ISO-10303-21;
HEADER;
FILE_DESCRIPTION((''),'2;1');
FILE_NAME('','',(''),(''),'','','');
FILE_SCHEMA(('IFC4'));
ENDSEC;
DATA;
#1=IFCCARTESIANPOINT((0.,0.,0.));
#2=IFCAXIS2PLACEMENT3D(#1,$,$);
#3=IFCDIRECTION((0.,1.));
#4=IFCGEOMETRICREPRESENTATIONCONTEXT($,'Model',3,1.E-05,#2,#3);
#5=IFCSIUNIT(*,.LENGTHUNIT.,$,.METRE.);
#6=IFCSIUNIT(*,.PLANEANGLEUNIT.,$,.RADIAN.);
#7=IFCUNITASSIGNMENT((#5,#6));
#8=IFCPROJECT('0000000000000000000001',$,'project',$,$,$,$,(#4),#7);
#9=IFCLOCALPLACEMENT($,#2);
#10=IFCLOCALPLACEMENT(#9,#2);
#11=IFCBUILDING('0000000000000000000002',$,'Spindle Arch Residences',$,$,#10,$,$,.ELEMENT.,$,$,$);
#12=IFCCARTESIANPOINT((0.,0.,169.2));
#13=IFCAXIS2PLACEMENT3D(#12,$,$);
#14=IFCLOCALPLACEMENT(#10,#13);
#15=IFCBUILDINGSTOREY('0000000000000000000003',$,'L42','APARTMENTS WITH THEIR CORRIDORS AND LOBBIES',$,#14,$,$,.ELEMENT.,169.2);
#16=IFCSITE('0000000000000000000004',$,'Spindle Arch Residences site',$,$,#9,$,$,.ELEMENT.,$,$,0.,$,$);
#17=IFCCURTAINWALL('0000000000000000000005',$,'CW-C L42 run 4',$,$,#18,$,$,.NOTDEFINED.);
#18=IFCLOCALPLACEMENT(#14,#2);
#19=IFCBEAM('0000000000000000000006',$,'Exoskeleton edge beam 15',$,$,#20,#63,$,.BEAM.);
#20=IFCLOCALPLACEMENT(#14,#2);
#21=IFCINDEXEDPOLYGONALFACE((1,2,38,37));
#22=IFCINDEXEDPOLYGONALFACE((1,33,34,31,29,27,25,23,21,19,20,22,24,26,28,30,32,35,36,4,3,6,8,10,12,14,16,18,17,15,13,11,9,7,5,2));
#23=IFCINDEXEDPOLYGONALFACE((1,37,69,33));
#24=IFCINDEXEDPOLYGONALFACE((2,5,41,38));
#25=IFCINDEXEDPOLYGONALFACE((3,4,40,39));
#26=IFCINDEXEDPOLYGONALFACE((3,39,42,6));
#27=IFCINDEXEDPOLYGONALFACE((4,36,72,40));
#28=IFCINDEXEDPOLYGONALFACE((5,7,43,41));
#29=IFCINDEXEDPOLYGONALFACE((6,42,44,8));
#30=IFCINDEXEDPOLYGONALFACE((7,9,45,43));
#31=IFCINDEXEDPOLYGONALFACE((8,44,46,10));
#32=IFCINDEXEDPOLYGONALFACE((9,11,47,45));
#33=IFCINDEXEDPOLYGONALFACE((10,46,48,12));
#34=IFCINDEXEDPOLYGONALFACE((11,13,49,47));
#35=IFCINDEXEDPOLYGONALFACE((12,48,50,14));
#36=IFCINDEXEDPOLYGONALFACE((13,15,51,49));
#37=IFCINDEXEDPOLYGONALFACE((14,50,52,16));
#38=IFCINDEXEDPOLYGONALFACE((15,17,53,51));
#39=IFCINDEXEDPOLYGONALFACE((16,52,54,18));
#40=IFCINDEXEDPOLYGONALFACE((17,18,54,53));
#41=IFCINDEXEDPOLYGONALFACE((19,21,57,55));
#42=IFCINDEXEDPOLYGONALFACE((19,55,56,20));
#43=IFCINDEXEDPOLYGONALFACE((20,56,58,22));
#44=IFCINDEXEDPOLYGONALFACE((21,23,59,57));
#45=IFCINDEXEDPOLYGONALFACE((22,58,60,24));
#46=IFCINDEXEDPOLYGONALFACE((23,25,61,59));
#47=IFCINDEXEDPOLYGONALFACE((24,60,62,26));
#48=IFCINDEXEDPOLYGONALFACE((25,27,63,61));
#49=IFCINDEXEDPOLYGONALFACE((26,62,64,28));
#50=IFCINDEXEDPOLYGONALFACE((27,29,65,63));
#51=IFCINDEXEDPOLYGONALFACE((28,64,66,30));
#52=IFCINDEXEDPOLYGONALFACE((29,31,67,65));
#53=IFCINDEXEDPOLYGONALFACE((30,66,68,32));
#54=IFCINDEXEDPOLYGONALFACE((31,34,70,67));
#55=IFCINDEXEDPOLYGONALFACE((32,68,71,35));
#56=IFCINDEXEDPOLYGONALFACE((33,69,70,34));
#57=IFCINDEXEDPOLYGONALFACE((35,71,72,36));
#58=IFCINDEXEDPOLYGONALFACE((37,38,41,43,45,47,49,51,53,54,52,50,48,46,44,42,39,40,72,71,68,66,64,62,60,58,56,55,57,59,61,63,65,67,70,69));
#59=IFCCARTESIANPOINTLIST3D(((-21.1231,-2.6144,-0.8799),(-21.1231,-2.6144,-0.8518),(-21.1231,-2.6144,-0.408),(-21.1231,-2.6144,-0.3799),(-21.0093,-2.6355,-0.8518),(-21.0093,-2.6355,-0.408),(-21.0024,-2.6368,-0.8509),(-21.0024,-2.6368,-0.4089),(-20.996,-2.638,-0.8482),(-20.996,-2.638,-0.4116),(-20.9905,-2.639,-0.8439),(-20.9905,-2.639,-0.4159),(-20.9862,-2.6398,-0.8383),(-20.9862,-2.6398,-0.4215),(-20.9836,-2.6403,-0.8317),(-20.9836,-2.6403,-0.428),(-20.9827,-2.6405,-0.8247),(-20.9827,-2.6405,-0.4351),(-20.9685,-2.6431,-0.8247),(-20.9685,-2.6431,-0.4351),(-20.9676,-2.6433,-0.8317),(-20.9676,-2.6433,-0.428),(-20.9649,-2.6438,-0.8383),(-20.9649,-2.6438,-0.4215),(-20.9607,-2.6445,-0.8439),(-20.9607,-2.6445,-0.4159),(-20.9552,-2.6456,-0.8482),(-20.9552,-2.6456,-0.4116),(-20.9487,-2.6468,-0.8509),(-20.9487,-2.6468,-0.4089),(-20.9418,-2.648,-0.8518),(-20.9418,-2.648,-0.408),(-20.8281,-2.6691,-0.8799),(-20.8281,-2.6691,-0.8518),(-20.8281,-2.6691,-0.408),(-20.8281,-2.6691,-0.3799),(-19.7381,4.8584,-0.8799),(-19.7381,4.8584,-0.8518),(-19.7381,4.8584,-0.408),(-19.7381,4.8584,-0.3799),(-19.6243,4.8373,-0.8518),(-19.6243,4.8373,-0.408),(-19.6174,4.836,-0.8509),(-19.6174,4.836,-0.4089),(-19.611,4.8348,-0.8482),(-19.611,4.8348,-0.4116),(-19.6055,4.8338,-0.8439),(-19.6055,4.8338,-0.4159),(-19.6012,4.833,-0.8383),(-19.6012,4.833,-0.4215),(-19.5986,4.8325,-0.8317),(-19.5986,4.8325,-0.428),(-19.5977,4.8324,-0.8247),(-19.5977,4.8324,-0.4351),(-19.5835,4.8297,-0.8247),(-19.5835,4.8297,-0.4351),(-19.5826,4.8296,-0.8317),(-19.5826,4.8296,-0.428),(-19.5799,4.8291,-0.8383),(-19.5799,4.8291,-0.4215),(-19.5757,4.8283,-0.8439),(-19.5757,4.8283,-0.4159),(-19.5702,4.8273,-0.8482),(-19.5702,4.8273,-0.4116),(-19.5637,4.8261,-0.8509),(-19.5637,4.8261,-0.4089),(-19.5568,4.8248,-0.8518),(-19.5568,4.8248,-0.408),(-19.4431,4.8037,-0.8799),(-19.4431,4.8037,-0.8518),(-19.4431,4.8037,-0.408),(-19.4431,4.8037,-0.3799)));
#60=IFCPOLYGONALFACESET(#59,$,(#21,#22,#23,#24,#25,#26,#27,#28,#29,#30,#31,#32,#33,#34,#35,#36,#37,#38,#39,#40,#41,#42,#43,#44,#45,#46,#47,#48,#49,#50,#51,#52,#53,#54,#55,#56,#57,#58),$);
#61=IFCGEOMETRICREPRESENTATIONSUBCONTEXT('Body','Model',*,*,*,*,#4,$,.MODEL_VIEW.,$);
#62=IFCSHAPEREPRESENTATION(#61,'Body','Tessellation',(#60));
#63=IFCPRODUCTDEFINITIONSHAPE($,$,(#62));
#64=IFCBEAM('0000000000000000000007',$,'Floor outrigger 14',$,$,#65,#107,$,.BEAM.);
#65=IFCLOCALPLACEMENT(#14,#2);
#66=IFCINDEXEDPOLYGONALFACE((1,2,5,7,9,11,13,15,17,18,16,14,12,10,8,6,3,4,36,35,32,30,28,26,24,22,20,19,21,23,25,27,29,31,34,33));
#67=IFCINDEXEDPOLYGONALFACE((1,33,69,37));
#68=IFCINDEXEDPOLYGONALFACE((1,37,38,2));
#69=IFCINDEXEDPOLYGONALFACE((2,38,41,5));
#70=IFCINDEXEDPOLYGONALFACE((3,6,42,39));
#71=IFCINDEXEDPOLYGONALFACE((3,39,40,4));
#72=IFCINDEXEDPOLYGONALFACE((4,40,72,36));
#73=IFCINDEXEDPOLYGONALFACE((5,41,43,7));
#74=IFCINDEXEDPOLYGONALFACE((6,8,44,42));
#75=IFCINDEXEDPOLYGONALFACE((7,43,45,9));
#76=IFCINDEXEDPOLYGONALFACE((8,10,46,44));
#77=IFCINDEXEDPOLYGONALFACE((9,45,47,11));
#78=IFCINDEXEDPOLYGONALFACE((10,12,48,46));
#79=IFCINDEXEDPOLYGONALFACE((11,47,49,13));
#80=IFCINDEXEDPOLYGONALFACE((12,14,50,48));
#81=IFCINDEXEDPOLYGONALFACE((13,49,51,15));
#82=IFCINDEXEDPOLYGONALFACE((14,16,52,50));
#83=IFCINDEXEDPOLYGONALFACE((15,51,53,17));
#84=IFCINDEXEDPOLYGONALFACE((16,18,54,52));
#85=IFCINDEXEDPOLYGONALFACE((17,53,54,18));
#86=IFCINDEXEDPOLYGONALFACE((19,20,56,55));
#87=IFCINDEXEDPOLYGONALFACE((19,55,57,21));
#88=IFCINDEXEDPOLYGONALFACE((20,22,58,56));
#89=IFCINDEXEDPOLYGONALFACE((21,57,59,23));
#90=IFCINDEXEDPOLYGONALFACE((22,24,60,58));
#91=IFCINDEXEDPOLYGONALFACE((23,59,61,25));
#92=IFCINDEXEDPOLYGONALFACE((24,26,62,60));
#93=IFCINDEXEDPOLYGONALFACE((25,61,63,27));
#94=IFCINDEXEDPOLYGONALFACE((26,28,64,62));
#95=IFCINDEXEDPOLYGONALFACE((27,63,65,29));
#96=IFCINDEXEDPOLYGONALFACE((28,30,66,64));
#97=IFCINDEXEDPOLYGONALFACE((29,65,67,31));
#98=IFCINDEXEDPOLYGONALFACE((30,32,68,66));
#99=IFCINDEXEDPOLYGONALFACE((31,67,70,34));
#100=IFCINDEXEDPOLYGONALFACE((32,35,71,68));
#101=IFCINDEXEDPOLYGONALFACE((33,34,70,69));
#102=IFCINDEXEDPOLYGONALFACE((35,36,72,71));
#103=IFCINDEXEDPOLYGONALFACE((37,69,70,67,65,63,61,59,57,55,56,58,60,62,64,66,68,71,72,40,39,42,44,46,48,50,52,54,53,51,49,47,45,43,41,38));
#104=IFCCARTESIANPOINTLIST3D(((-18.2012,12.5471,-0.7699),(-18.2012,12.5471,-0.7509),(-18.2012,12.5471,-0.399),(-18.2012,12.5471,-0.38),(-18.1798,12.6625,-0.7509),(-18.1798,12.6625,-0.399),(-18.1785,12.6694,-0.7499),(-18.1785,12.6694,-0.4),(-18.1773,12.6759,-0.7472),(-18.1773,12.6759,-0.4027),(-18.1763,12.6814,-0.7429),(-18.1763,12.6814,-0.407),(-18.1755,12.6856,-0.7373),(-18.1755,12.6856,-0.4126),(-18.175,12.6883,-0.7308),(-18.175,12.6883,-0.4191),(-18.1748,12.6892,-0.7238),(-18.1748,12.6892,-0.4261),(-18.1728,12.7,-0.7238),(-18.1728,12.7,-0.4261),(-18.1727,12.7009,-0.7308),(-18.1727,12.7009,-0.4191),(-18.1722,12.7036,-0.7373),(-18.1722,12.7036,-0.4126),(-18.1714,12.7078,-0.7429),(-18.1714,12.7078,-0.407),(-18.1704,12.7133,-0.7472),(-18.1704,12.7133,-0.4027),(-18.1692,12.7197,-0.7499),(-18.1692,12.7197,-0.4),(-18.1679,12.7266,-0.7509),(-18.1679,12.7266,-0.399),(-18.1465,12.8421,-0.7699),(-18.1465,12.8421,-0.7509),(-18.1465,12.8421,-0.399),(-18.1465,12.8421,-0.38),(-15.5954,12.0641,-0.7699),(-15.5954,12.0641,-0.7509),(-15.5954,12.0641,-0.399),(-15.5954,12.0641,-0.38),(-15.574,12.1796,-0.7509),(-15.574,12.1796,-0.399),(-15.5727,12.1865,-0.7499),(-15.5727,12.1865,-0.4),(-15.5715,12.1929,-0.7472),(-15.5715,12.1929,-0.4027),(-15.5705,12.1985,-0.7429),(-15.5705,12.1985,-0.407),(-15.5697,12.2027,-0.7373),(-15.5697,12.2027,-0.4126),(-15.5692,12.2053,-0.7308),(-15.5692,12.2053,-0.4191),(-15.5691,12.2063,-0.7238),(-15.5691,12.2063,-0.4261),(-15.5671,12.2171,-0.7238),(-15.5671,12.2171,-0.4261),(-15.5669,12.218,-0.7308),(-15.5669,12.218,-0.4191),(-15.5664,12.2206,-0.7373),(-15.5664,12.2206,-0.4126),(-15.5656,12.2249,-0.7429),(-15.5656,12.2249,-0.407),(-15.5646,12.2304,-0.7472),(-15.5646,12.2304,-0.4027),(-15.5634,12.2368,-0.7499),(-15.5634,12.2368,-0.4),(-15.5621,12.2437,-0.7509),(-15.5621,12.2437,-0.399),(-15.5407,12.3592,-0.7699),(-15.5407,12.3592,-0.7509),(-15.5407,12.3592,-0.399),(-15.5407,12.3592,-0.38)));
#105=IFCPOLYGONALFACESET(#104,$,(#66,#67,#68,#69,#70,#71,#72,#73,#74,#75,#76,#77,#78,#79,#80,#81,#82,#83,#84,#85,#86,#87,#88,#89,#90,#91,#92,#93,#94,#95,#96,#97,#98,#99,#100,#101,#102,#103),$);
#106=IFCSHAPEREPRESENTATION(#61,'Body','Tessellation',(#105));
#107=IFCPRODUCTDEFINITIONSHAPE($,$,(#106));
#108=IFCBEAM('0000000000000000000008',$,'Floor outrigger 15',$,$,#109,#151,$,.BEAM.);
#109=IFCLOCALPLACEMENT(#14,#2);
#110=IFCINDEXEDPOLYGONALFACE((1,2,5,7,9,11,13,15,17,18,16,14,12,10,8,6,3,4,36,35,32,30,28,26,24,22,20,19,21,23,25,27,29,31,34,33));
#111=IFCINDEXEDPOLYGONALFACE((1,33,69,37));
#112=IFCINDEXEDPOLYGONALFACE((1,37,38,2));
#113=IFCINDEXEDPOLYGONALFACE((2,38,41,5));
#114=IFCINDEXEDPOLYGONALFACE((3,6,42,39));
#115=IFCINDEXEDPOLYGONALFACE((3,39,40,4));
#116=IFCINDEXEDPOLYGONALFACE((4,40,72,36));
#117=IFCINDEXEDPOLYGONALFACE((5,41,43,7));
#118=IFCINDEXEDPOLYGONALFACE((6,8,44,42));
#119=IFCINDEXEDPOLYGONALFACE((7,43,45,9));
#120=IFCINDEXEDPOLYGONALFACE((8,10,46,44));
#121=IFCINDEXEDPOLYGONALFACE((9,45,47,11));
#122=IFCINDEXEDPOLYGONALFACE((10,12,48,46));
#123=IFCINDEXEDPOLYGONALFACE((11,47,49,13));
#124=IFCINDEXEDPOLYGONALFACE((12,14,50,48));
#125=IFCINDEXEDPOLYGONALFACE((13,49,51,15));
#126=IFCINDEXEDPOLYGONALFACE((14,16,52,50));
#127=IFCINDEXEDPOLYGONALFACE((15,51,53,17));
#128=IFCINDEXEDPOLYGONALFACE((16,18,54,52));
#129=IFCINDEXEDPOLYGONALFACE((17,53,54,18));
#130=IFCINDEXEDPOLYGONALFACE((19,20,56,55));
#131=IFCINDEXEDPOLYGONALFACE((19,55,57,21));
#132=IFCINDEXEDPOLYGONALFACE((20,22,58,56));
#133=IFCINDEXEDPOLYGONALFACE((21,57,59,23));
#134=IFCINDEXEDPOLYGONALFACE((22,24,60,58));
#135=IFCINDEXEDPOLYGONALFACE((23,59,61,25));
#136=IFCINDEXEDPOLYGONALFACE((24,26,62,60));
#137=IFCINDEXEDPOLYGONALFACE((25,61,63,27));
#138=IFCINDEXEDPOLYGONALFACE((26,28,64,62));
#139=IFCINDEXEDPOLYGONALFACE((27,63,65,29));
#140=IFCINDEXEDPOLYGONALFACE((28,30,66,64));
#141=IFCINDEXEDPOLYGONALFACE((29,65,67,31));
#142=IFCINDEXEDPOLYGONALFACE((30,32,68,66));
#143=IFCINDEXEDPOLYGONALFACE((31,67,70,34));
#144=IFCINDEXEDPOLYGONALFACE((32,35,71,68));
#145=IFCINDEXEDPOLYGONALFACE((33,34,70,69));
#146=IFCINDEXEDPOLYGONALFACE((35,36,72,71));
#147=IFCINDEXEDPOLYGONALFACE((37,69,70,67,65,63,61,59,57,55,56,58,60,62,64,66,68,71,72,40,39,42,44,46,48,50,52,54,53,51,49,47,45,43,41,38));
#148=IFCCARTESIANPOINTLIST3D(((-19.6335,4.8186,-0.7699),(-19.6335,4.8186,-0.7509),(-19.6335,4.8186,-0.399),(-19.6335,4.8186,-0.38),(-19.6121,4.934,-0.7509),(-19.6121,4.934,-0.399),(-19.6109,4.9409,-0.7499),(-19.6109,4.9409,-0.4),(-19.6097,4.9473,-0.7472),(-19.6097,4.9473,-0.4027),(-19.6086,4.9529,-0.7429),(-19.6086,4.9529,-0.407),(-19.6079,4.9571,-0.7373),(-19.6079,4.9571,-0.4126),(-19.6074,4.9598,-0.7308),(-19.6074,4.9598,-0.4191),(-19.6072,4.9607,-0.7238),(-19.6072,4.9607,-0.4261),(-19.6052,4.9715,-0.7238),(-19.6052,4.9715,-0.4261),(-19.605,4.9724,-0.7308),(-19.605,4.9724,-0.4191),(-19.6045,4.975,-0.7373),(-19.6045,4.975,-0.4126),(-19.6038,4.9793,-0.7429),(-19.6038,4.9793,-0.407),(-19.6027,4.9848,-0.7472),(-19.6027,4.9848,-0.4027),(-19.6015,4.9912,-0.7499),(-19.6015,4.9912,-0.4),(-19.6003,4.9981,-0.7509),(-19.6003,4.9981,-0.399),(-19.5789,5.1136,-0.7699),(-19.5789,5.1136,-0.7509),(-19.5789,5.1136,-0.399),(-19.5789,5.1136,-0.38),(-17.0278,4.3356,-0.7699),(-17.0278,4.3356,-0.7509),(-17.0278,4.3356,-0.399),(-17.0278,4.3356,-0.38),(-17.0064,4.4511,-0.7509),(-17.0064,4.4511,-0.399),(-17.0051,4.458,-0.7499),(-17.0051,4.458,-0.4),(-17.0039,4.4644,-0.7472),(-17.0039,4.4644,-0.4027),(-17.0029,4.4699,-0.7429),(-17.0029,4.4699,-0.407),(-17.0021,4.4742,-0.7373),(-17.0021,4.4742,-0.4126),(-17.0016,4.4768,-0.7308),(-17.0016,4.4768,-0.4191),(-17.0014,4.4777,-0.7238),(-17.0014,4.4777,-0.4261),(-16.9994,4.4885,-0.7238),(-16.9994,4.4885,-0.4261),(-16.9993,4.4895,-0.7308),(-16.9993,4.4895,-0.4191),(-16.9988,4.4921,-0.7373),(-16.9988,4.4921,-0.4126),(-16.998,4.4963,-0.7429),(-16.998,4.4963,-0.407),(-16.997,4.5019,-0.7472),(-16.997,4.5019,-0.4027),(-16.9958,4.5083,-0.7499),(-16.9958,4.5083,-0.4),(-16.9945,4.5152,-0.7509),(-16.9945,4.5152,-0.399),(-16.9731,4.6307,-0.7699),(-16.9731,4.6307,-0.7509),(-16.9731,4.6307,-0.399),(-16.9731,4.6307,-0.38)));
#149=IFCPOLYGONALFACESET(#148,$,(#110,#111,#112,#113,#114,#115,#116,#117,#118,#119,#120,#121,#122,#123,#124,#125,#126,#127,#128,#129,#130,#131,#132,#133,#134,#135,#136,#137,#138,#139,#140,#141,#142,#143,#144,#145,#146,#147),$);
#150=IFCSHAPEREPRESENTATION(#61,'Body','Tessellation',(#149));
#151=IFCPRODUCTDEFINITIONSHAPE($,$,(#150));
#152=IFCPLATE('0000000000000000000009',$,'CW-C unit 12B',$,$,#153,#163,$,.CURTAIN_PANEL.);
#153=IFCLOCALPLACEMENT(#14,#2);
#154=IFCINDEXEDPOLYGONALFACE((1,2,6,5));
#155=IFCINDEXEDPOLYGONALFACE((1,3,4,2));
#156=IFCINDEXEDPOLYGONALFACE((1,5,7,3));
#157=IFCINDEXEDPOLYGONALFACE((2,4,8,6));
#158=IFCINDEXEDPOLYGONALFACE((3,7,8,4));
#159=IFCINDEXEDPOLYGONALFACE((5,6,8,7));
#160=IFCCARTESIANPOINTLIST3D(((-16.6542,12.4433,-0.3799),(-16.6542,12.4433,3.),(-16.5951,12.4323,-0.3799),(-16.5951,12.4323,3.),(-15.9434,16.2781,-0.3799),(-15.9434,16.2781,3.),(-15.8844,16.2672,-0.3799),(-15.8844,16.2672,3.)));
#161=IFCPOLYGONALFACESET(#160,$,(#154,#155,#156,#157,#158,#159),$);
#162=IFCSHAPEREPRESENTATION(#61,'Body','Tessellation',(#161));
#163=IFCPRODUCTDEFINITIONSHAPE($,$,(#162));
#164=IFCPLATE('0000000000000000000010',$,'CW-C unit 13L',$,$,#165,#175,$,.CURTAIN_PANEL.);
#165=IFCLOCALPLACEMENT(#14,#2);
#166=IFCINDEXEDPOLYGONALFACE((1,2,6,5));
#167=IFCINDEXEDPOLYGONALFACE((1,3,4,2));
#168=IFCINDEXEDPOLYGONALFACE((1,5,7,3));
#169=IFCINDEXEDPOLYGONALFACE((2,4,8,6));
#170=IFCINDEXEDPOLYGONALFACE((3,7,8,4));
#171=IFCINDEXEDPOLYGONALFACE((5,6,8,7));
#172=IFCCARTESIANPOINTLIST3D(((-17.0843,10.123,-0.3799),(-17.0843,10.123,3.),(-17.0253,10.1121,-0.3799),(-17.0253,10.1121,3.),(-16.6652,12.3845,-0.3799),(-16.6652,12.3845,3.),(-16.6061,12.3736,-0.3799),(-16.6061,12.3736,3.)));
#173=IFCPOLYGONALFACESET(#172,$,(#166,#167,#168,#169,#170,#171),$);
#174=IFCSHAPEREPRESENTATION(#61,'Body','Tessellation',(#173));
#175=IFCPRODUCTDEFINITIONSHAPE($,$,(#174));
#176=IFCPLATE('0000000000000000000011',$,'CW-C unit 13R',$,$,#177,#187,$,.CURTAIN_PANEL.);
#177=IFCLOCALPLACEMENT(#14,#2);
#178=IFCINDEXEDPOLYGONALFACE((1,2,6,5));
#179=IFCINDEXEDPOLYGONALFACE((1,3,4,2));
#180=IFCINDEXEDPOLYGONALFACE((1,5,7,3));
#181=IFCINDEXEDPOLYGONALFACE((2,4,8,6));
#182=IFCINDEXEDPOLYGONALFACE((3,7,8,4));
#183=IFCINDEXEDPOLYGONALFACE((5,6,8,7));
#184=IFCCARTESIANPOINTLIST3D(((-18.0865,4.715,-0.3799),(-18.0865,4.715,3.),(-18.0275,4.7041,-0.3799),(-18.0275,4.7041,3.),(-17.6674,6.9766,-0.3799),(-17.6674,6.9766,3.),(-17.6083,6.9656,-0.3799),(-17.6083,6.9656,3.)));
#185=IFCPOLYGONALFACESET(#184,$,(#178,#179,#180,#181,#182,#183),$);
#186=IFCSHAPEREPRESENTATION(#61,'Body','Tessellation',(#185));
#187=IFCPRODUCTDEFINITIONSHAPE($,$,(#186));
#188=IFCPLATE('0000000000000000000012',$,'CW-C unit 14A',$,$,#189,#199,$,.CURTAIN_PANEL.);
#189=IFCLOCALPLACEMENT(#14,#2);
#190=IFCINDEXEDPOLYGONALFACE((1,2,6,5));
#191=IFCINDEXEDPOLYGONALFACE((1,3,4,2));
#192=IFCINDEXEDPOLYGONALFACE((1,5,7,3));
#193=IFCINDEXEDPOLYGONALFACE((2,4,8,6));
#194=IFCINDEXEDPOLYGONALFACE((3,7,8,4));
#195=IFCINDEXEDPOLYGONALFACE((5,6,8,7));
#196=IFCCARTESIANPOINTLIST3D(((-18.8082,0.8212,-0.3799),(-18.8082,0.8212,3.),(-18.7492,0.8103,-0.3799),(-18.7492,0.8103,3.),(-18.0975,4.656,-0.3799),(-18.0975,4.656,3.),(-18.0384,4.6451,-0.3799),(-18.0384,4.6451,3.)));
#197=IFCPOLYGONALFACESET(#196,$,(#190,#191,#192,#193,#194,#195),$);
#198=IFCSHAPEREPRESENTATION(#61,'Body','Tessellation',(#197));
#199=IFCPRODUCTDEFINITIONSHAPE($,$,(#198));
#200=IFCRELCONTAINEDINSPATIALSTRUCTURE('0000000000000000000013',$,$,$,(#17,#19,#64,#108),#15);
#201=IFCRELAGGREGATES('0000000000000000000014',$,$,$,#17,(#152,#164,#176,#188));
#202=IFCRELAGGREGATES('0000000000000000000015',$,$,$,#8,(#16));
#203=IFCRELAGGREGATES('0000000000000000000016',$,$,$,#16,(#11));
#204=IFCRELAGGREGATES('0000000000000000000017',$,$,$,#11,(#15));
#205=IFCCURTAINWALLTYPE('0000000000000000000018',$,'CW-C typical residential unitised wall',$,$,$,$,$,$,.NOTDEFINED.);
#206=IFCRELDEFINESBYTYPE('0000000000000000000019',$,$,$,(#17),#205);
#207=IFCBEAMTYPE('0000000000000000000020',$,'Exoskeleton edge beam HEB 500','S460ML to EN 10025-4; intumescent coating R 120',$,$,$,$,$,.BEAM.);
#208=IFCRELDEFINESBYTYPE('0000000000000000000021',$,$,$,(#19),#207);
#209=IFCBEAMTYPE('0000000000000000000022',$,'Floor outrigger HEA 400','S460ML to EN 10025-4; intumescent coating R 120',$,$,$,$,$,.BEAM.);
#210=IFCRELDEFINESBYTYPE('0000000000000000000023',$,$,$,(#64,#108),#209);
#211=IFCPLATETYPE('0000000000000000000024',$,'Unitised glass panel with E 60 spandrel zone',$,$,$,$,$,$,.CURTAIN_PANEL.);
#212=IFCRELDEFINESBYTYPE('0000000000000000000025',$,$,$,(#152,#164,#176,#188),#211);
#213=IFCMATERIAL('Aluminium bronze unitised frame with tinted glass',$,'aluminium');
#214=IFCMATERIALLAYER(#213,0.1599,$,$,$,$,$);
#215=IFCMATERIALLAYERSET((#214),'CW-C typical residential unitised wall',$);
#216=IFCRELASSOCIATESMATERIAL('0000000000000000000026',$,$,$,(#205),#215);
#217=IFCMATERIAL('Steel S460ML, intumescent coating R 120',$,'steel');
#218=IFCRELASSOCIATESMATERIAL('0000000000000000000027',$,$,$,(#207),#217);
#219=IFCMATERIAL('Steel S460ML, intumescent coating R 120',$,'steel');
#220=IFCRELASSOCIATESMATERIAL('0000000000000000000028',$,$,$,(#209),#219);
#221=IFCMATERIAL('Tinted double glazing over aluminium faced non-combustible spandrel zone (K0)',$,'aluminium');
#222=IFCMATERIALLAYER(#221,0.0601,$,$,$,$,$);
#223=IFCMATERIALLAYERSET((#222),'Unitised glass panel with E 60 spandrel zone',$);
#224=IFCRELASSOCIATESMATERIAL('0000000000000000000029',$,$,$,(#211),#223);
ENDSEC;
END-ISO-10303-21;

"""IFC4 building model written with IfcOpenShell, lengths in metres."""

from ifc_helpers import new_model, si_unit, direction, frame, origin, origin_2d, place, context, subcontext, project, spatial, rectangle, i_section, extrude, material, layer, layer_set, material_profile, profile_set, type_object, element, aggregate, save


model = new_model("IFC4")

# Units and contexts
model_context = context("Model", 3, precision=1e-05, world=origin(), true_north=direction((0.0, 1.0)))
body_context = subcontext(model_context, "Body", "Model", "MODEL_VIEW")
ifc_project = project(units=[si_unit("LENGTHUNIT", "METRE"), si_unit("PLANEANGLEUNIT", "RADIAN")], contexts=[model_context])

# Site, building, storey
site_placement = place(None, origin())
site = spatial("IfcSite", under=ifc_project, at=site_placement, Name="Spindle Arch Residences site", CompositionType="ELEMENT", RefElevation=0.0)
building_placement = place(site_placement, origin())
building = spatial("IfcBuilding", under=site, at=building_placement, Name="Spindle Arch Residences", CompositionType="ELEMENT")
storey_placement = place(building_placement, frame((0.0, 0.0, 169.2)))
storey = spatial("IfcBuildingStorey", under=building, at=storey_placement, Name="L42", Description="APARTMENTS WITH THEIR CORRIDORS AND LOBBIES", CompositionType="ELEMENT", Elevation=169.2)

# Curtain wall
ifc_material_1 = material(Name="Aluminium bronze unitised frame with tinted glass", Category="aluminium")
ifc_layer_1 = layer(ifc_material_1, 0.1599)
ifc_layer_set_1 = layer_set([ifc_layer_1], Name="CW-C typical residential unitised wall")
curtain_wall_type = type_object("IfcCurtainWallType", Name="CW-C typical residential unitised wall", PredefinedType="NOTDEFINED", material=ifc_layer_set_1)
curtain_wall_placement = place(storey_placement, origin())
curtain_wall = element("IfcCurtainWall", 1, at=curtain_wall_placement, inside=storey, type_object=curtain_wall_type, Name="CW-C L42 run 4", PredefinedType="NOTDEFINED")

# Beams
ifc_material_2 = material(Name="Steel S460ML, intumescent coating R 120", Category="steel")
ifc_material_profile_1 = material_profile(ifc_material_2, i_section(OverallWidth=0.3, OverallDepth=0.5, WebThickness=0.0144, FlangeThickness=0.0281, FilletRadius=0.0271, at=origin_2d()), Name="HEB 500")
ifc_profile_set_1 = profile_set([ifc_material_profile_1], Name="Steel S460ML, intumescent coating R 120")
beam_type_1 = type_object("IfcBeamType", Name="Exoskeleton edge beam HEB 500", Description="S460ML to EN 10025-4; intumescent coating R 120", PredefinedType="BEAM", material=ifc_profile_set_1)
for number, where, z_axis, x_axis, name in (
    (2, (-19.5906, 4.8311, -0.6299), (-0.182234, -0.983255, 0.0), (0.983255, -0.182234, 0.0), "Exoskeleton edge beam 15"),
):
    element("IfcBeam", number, at=place(storey_placement, frame(where, z_axis=z_axis, x_axis=x_axis)), inside=storey, type_object=beam_type_1, Name=name, PredefinedType="BEAM", context=body_context, shape_type="SweptSolid", body=[
        extrude(i_section(OverallWidth=0.3, OverallDepth=0.5, WebThickness=0.0144, FlangeThickness=0.0281, FilletRadius=0.0271, at=origin_2d()), origin(), (0.0, 0.0, 1.0), 7.6001),
    ])
ifc_material_3 = material(Name="Steel S460ML, intumescent coating R 120", Category="steel")
ifc_material_profile_2 = material_profile(ifc_material_3, i_section(OverallWidth=0.3, OverallDepth=0.3899, WebThickness=0.011, FlangeThickness=0.019, FilletRadius=0.0271, at=origin_2d()), Name="HEA 400")
ifc_profile_set_2 = profile_set([ifc_material_profile_2], Name="Steel S460ML, intumescent coating R 120")
beam_type_2 = type_object("IfcBeamType", Name="Floor outrigger HEA 400", Description="S460ML to EN 10025-4; intumescent coating R 120", PredefinedType="BEAM", material=ifc_profile_set_2)
for number, where, z_axis, x_axis, name in (
    (3, (-18.1738, 12.6946, -0.575), (0.983257, -0.182225, 0.0), (0.182225, 0.983257, 0.0), "Floor outrigger 14"),
    (4, (-19.6062, 4.9661, -0.575), (0.983257, -0.182225, 0.0), (0.182225, 0.983257, 0.0), "Floor outrigger 15"),
):
    element("IfcBeam", number, at=place(storey_placement, frame(where, z_axis=z_axis, x_axis=x_axis)), inside=storey, type_object=beam_type_2, Name=name, PredefinedType="BEAM", context=body_context, shape_type="SweptSolid", body=[
        extrude(i_section(OverallWidth=0.3, OverallDepth=0.3899, WebThickness=0.011, FlangeThickness=0.019, FilletRadius=0.0271, at=origin_2d()), origin(), (0.0, 0.0, 1.0), 2.6501),
    ])

# Plates
ifc_material_4 = material(Name="Tinted double glazing over aluminium faced non-combustible spandrel zone (K0)", Category="aluminium")
ifc_layer_2 = layer(ifc_material_4, 0.0601)
ifc_layer_set_2 = layer_set([ifc_layer_2], Name="Unitised glass panel with E 60 spandrel zone")
plate_type = type_object("IfcPlateType", Name="Unitised glass panel with E 60 spandrel zone", PredefinedType="CURTAIN_PANEL", material=ifc_layer_set_2)
plate_1_placement = place(storey_placement, frame((-16.2693, 14.3552, -0.3799), z_axis=(0.0, 0.0, 1.0), x_axis=(-0.182236, -0.983255, 0.0)))
plate_1 = element("IfcPlate", 5, at=plate_1_placement, type_object=plate_type, Name="CW-C unit 12B", PredefinedType="CURTAIN_PANEL", context=body_context, shape_type="SweptSolid", body=[
    extrude(rectangle(XDim=3.9001, YDim=0.0601, at=origin_2d()), origin(), (0.0, 0.0, 1.0), 3.3799),
])
plate_2_placement = place(storey_placement, frame((-16.8452, 11.2483, -0.3799), z_axis=(0.0, 0.0, 1.0), x_axis=(-0.182236, -0.983255, 0.0)))
plate_2 = element("IfcPlate", 6, at=plate_2_placement, type_object=plate_type, Name="CW-C unit 13L", PredefinedType="CURTAIN_PANEL", context=body_context, shape_type="SweptSolid", body=[
    extrude(rectangle(XDim=2.3, YDim=0.0601, at=origin_2d()), origin(), (0.0, 0.0, 1.0), 3.3799),
])
plate_3_placement = place(storey_placement, frame((-17.8474, 5.8403, -0.3799), z_axis=(0.0, 0.0, 1.0), x_axis=(-0.182236, -0.983255, 0.0)))
plate_3 = element("IfcPlate", 7, at=plate_3_placement, type_object=plate_type, Name="CW-C unit 13R", PredefinedType="CURTAIN_PANEL", context=body_context, shape_type="SweptSolid", body=[
    extrude(rectangle(XDim=2.3, YDim=0.0601, at=origin_2d()), origin(), (0.0, 0.0, 1.0), 3.3799),
])
plate_4_placement = place(storey_placement, frame((-18.4233, 2.7332, -0.3799), z_axis=(0.0, 0.0, 1.0), x_axis=(-0.182236, -0.983255, 0.0)))
plate_4 = element("IfcPlate", 8, at=plate_4_placement, type_object=plate_type, Name="CW-C unit 14A", PredefinedType="CURTAIN_PANEL", context=body_context, shape_type="SweptSolid", body=[
    extrude(rectangle(XDim=3.9001, YDim=0.0601, at=origin_2d()), origin(), (0.0, 0.0, 1.0), 3.3799),
])
aggregate(curtain_wall, [plate_1, plate_2, plate_3, plate_4])

save(model, "model.ifc")
